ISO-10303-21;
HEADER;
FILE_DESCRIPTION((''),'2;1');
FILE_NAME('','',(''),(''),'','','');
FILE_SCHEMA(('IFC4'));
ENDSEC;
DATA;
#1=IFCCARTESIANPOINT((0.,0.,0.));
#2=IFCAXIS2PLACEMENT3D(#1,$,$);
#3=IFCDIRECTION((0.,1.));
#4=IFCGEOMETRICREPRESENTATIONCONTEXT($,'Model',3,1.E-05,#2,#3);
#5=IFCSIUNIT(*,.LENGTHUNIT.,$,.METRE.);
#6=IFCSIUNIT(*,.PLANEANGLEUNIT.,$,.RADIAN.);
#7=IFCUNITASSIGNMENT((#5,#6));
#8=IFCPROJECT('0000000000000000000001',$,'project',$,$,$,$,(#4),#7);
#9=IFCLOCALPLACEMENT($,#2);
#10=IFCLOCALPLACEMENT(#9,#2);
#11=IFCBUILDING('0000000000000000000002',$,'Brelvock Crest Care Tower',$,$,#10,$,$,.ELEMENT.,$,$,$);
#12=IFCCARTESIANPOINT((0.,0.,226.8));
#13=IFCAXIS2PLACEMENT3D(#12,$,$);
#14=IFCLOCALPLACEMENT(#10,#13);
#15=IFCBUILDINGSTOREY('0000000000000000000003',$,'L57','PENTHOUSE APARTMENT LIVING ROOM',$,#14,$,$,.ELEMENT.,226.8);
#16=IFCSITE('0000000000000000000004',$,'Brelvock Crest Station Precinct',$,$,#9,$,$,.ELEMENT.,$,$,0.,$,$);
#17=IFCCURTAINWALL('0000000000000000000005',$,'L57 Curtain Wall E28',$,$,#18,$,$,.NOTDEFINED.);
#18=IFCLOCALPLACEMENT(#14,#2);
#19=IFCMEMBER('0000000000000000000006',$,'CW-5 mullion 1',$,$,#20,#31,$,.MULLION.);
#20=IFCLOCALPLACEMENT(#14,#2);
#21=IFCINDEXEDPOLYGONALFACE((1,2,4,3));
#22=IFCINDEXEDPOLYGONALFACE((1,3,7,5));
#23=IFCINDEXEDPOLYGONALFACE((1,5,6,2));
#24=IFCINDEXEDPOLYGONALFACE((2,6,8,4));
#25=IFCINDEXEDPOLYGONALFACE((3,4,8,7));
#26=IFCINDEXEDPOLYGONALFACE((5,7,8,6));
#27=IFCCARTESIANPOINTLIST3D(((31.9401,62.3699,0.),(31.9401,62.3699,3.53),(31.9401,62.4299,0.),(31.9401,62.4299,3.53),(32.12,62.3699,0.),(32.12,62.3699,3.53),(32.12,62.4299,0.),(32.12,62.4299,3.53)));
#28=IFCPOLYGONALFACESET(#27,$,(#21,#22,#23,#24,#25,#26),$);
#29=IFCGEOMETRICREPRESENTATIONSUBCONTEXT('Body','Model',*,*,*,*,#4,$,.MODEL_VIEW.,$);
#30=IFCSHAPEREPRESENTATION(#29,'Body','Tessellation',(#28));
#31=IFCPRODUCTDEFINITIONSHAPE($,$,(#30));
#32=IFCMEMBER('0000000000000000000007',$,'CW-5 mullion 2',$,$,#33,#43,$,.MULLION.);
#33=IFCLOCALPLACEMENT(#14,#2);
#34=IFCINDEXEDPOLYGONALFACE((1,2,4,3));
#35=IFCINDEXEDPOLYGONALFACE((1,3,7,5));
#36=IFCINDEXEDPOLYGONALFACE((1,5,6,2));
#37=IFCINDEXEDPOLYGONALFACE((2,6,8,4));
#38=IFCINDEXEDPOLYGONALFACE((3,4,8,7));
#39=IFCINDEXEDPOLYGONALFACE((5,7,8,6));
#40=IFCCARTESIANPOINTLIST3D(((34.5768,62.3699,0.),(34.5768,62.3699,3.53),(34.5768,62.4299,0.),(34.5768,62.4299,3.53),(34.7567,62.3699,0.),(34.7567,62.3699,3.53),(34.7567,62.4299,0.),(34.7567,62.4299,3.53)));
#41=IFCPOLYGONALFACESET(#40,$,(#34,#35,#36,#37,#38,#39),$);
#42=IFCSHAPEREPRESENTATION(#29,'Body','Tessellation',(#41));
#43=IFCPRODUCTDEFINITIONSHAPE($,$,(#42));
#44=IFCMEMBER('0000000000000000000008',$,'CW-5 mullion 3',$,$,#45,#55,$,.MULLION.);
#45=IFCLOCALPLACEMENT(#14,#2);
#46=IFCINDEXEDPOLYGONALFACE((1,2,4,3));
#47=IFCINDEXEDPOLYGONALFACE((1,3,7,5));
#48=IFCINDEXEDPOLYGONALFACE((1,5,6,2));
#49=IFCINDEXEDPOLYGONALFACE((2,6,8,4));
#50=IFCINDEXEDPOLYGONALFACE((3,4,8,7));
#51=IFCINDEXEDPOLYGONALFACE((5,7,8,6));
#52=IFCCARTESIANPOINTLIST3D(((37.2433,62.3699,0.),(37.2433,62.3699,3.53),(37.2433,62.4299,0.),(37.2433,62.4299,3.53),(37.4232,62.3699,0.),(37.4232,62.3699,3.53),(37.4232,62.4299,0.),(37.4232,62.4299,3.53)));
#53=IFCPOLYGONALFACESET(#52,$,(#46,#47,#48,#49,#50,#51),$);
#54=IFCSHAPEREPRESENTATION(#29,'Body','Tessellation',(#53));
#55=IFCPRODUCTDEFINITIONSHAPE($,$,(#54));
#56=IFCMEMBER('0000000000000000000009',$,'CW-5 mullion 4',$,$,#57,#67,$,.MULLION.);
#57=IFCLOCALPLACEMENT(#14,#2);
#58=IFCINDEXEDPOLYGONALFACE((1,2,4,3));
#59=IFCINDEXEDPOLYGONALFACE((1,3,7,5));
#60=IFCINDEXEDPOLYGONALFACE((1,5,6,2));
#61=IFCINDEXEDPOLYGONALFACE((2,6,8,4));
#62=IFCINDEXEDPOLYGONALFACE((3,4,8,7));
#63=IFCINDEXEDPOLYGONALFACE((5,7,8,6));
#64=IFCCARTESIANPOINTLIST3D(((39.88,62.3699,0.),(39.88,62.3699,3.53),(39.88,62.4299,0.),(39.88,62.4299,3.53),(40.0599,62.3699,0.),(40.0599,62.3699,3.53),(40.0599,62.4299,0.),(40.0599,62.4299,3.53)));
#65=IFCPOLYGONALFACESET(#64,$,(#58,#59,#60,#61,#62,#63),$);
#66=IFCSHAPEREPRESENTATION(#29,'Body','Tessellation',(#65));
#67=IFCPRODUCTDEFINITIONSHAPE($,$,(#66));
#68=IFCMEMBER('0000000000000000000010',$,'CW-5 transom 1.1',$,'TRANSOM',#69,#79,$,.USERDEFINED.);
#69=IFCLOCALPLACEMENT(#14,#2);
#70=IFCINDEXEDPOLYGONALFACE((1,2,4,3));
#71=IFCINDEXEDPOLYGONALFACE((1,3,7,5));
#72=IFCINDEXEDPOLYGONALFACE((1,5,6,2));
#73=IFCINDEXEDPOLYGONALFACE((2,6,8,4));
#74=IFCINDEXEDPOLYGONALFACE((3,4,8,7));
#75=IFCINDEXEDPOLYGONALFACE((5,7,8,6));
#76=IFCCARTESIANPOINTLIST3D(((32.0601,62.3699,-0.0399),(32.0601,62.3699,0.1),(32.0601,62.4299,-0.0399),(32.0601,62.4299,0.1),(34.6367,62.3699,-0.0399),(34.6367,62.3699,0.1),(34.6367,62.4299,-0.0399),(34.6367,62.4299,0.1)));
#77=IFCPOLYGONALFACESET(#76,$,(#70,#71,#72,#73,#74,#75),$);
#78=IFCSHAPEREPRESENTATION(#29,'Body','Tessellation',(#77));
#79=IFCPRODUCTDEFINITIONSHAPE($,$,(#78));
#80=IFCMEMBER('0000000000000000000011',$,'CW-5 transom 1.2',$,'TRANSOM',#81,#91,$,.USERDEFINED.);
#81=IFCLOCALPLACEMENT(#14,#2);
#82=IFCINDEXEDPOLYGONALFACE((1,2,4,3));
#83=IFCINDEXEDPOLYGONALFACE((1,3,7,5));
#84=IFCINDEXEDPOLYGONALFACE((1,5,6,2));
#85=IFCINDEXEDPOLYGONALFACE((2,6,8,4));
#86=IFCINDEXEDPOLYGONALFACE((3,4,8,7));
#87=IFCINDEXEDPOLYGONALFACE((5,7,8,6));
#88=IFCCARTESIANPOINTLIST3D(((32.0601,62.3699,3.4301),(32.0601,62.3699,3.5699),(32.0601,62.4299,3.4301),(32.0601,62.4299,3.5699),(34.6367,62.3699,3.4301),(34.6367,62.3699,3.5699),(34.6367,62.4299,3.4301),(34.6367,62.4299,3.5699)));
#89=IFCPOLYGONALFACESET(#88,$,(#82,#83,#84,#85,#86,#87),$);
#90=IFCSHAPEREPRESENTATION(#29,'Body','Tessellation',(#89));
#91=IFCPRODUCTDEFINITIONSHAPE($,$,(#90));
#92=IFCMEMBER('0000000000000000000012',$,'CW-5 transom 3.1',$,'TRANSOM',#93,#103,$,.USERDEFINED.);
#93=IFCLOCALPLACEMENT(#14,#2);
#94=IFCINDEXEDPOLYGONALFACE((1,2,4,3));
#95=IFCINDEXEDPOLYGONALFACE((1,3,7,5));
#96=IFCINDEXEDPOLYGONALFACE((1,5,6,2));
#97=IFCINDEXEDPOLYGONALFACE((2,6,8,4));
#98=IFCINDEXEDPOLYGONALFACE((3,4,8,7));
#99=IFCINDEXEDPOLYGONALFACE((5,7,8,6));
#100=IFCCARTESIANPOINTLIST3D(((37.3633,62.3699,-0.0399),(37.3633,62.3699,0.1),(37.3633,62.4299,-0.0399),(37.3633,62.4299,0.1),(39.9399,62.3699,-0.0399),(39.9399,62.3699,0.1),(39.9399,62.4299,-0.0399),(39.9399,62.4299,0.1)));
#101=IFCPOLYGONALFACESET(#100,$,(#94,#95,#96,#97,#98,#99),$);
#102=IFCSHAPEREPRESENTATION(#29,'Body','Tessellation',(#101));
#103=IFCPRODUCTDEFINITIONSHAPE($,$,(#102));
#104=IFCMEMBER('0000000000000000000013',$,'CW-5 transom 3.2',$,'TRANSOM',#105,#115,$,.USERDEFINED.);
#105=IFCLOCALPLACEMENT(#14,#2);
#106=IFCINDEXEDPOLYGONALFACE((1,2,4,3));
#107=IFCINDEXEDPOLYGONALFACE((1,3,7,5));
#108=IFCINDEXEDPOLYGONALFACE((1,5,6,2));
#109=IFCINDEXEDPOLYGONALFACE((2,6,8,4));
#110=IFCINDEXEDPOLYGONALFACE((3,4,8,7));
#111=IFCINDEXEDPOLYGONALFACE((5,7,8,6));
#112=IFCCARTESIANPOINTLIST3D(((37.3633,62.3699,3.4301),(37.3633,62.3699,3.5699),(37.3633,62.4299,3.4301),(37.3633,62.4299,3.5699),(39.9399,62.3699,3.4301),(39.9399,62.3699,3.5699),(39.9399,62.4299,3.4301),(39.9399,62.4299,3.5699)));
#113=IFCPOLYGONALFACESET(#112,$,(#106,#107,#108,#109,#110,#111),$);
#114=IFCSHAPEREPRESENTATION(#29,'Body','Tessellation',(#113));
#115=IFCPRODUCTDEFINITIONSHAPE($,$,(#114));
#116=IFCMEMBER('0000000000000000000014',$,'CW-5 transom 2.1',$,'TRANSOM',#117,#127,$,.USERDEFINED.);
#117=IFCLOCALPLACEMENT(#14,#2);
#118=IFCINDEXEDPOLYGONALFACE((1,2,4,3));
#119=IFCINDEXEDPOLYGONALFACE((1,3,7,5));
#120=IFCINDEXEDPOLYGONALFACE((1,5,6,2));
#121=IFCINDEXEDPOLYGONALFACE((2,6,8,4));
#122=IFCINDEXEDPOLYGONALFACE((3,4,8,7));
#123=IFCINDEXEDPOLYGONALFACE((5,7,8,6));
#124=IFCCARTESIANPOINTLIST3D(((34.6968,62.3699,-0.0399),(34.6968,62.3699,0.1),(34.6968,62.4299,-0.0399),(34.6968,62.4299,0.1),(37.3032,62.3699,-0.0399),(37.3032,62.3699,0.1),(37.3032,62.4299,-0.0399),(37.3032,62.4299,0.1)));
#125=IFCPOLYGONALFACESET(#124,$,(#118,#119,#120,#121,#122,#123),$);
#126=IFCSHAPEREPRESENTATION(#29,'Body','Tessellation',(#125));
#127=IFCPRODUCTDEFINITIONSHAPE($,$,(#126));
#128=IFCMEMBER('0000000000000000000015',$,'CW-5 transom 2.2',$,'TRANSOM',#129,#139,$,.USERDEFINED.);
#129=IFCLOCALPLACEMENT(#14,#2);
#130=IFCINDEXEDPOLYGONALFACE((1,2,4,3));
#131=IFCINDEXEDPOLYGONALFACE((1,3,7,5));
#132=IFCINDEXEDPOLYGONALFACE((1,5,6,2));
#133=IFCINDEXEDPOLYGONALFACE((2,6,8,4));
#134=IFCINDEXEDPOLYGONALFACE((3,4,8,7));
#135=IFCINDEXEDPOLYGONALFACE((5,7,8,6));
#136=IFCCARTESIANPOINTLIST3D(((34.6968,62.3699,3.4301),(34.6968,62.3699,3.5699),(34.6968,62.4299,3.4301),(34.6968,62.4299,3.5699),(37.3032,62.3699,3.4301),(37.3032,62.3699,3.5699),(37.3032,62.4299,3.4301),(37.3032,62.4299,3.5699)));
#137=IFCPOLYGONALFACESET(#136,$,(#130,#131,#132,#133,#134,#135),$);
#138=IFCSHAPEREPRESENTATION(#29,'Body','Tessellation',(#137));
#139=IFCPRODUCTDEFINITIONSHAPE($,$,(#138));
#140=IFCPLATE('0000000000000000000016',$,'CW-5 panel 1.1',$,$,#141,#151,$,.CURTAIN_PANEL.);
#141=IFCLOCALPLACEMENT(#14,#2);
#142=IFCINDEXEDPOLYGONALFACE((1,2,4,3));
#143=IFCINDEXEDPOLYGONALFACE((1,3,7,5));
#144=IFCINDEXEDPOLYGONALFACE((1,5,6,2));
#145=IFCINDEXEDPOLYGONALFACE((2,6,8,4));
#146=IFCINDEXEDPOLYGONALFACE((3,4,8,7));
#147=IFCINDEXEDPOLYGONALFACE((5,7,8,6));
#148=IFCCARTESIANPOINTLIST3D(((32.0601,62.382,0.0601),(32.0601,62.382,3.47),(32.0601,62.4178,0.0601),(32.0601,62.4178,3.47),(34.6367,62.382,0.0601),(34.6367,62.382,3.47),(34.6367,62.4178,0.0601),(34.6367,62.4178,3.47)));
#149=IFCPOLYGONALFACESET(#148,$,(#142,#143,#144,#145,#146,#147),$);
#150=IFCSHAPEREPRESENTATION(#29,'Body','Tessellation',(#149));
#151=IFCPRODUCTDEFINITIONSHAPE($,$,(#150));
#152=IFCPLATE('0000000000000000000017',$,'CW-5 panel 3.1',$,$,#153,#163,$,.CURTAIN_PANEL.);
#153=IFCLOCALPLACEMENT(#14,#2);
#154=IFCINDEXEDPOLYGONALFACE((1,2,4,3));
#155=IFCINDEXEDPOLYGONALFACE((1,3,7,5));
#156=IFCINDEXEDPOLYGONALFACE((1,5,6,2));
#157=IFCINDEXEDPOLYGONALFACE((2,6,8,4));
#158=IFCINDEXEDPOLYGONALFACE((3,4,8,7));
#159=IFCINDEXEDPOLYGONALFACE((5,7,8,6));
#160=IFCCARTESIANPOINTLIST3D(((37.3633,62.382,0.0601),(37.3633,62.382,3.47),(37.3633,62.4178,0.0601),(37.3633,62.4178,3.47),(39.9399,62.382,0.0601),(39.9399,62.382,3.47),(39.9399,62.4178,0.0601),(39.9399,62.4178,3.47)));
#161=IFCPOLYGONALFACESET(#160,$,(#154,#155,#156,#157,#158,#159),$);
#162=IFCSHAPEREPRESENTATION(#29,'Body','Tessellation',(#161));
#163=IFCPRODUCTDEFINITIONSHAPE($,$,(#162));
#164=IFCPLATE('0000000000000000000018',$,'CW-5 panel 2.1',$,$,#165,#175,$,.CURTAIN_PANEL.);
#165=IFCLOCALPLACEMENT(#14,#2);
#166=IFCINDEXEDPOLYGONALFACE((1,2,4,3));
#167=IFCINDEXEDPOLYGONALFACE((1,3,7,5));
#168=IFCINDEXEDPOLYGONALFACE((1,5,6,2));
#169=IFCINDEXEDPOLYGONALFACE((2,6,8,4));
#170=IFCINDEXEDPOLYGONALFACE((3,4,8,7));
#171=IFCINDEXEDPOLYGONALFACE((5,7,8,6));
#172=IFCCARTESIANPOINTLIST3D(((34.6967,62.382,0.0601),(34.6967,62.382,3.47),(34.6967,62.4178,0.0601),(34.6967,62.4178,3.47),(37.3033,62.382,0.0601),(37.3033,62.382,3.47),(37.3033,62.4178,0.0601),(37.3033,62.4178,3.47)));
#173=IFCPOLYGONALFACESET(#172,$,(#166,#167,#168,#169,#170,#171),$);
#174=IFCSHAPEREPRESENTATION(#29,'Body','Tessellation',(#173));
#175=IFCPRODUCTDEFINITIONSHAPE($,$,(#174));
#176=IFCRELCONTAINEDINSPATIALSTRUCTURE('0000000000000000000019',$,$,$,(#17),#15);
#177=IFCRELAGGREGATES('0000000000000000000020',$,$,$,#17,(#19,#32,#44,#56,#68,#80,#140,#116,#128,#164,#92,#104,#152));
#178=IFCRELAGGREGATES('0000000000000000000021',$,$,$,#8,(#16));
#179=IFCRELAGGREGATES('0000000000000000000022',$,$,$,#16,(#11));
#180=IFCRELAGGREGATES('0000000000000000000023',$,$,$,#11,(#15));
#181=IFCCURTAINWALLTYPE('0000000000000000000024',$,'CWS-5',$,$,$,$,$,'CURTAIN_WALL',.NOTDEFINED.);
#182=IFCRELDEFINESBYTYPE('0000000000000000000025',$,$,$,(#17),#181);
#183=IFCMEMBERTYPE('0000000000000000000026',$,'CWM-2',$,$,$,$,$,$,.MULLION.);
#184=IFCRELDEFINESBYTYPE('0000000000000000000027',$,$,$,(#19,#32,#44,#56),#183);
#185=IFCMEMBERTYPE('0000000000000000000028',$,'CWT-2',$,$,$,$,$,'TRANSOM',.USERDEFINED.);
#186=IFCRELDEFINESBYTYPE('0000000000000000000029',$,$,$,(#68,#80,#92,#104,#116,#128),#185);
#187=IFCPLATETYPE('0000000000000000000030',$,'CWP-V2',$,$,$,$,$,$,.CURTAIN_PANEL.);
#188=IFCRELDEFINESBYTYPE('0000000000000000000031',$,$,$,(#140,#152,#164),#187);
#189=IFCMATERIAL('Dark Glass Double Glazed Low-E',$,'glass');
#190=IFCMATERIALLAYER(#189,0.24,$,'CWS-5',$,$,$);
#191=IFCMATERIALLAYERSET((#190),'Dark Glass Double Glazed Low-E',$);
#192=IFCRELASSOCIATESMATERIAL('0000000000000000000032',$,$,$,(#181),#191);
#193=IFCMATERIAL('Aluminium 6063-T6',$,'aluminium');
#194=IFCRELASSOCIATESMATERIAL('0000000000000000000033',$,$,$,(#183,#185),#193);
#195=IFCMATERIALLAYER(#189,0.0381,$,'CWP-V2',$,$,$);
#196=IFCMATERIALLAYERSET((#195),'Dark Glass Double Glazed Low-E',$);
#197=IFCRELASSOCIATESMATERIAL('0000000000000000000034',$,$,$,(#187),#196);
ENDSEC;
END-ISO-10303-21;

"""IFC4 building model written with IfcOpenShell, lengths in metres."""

from ifc_helpers import new_model, si_unit, direction, frame, origin, origin_2d, place, context, subcontext, project, spatial, rectangle, extrude, source, transform, mapped, material, layer, layer_set, material_profile, profile_set, type_object, element, aggregate, save


model = new_model("IFC4")

# Units and contexts
model_context = context("Model", 3, precision=1e-05, world=origin(), true_north=direction((0.0, 1.0)))
body_context = subcontext(model_context, "Body", "Model", "MODEL_VIEW")
ifc_project = project(units=[si_unit("LENGTHUNIT", "METRE"), si_unit("PLANEANGLEUNIT", "RADIAN")], contexts=[model_context])

# Site, building, storey
site_placement = place(None, origin())
site = spatial("IfcSite", under=ifc_project, at=site_placement, Name="Brelvock Crest Station Precinct", CompositionType="ELEMENT", RefElevation=0.0)
building_placement = place(site_placement, origin())
building = spatial("IfcBuilding", under=site, at=building_placement, Name="Brelvock Crest Care Tower", CompositionType="ELEMENT")
storey_placement = place(building_placement, frame((0.0, 0.0, 226.8)))
storey = spatial("IfcBuildingStorey", under=building, at=storey_placement, Name="L57", Description="PENTHOUSE APARTMENT LIVING ROOM", CompositionType="ELEMENT", Elevation=226.8)

# Curtain wall, members, plates
ifc_material_1 = material(Name="Dark Glass Double Glazed Low-E", Category="glass")
ifc_layer_1 = layer(ifc_material_1, 0.24, Name="CWS-5")
ifc_layer_set_1 = layer_set([ifc_layer_1], Name="Dark Glass Double Glazed Low-E")
curtain_wall_type = type_object("IfcCurtainWallType", Name="CWS-5", ElementType="CURTAIN_WALL", PredefinedType="NOTDEFINED", material=ifc_layer_set_1)
curtain_wall_placement = place(storey_placement, origin())
curtain_wall = element("IfcCurtainWall", 1, at=curtain_wall_placement, inside=storey, type_object=curtain_wall_type, Name="L57 Curtain Wall E28", PredefinedType="NOTDEFINED")
ifc_material_2 = material(Name="Aluminium 6063-T6", Category="aluminium")
ifc_material_profile_1 = material_profile(ifc_material_2, rectangle(XDim=0.0601, YDim=0.1799, at=origin_2d()), Name="ALU60x180")
ifc_profile_set_1 = profile_set([ifc_material_profile_1], Name="Aluminium 6063-T6")
member_type_1 = type_object("IfcMemberType", Name="CWM-2", PredefinedType="MULLION", material=ifc_profile_set_1)
shared_shape_1 = source(origin(), body_context, "Body", "SweptSolid", [
    extrude(rectangle(XDim=0.0601, YDim=0.1799, at=origin_2d()), origin(), (0.0, 0.0, 1.0), 3.53),
])
member_1_placement = place(storey_placement, frame((32.03, 62.3999, 0.0), z_axis=(0.0, 0.0, 1.0), x_axis=(0.0, 1.0, 0.0)))
member_1 = element("IfcMember", 2, at=member_1_placement, type_object=member_type_1, Name="CW-5 mullion 1", PredefinedType="MULLION", context=body_context, shape_type="MappedRepresentation", body=[
    mapped(shared_shape_1, transform((0.0, 0.0, 0.0), x_axis=(1.0, 0.0, 0.0), y_axis=(0.0, 1.0, 0.0), z_axis=(0.0, 0.0, 1.0), scale=1.0)),
])
member_2_placement = place(storey_placement, frame((34.6667, 62.3999, 0.0), z_axis=(0.0, 0.0, 1.0), x_axis=(0.0, 1.0, 0.0)))
member_2 = element("IfcMember", 3, at=member_2_placement, type_object=member_type_1, Name="CW-5 mullion 2", PredefinedType="MULLION", context=body_context, shape_type="MappedRepresentation", body=[
    mapped(shared_shape_1, transform((0.0, 0.0, 0.0), x_axis=(1.0, 0.0, 0.0), y_axis=(0.0, 1.0, 0.0), z_axis=(0.0, 0.0, 1.0), scale=1.0)),
])
member_3_placement = place(storey_placement, frame((37.3333, 62.3999, 0.0), z_axis=(0.0, 0.0, 1.0), x_axis=(0.0, 1.0, 0.0)))
member_3 = element("IfcMember", 4, at=member_3_placement, type_object=member_type_1, Name="CW-5 mullion 3", PredefinedType="MULLION", context=body_context, shape_type="MappedRepresentation", body=[
    mapped(shared_shape_1, transform((0.0, 0.0, 0.0), x_axis=(1.0, 0.0, 0.0), y_axis=(0.0, 1.0, 0.0), z_axis=(0.0, 0.0, 1.0), scale=1.0)),
])
member_4_placement = place(storey_placement, frame((39.97, 62.3999, 0.0), z_axis=(0.0, 0.0, 1.0), x_axis=(0.0, 1.0, 0.0)))
member_4 = element("IfcMember", 5, at=member_4_placement, type_object=member_type_1, Name="CW-5 mullion 4", PredefinedType="MULLION", context=body_context, shape_type="MappedRepresentation", body=[
    mapped(shared_shape_1, transform((0.0, 0.0, 0.0), x_axis=(1.0, 0.0, 0.0), y_axis=(0.0, 1.0, 0.0), z_axis=(0.0, 0.0, 1.0), scale=1.0)),
])
ifc_material_profile_2 = material_profile(ifc_material_2, rectangle(XDim=0.0601, YDim=0.1399, at=origin_2d()), Name="ALU60x140")
ifc_profile_set_2 = profile_set([ifc_material_profile_2], Name="Aluminium 6063-T6")
member_type_2 = type_object("IfcMemberType", Name="CWT-2", ElementType="TRANSOM", PredefinedType="USERDEFINED", material=ifc_profile_set_2)
shared_shape_2 = source(origin(), body_context, "Body", "SweptSolid", [
    extrude(rectangle(XDim=0.0601, YDim=0.1399, at=origin_2d()), origin(), (0.0, 0.0, 1.0), 2.5767),
])
member_5_placement = place(storey_placement, frame((32.0601, 62.3999, 0.03), z_axis=(1.0, 0.0, 0.0), x_axis=(0.0, 1.0, 0.0)))
member_5 = element("IfcMember", 6, at=member_5_placement, type_object=member_type_2, Name="CW-5 transom 1.1", ObjectType="TRANSOM", PredefinedType="USERDEFINED", context=body_context, shape_type="MappedRepresentation", body=[
    mapped(shared_shape_2, transform((0.0, 0.0, 0.0), x_axis=(1.0, 0.0, 0.0), y_axis=(0.0, 1.0, 0.0), z_axis=(0.0, 0.0, 1.0), scale=1.0)),
])
member_6_placement = place(storey_placement, frame((32.0601, 62.3999, 3.5), z_axis=(1.0, 0.0, 0.0), x_axis=(0.0, 1.0, 0.0)))
member_6 = element("IfcMember", 7, at=member_6_placement, type_object=member_type_2, Name="CW-5 transom 1.2", ObjectType="TRANSOM", PredefinedType="USERDEFINED", context=body_context, shape_type="MappedRepresentation", body=[
    mapped(shared_shape_2, transform((0.0, 0.0, 0.0), x_axis=(1.0, 0.0, 0.0), y_axis=(0.0, 1.0, 0.0), z_axis=(0.0, 0.0, 1.0), scale=1.0)),
])
member_7_placement = place(storey_placement, frame((37.3633, 62.3999, 0.03), z_axis=(1.0, 0.0, 0.0), x_axis=(0.0, 1.0, 0.0)))
member_7 = element("IfcMember", 8, at=member_7_placement, type_object=member_type_2, Name="CW-5 transom 3.1", ObjectType="TRANSOM", PredefinedType="USERDEFINED", context=body_context, shape_type="MappedRepresentation", body=[
    mapped(shared_shape_2, transform((0.0, 0.0, 0.0), x_axis=(1.0, 0.0, 0.0), y_axis=(0.0, 1.0, 0.0), z_axis=(0.0, 0.0, 1.0), scale=1.0)),
])
member_8_placement = place(storey_placement, frame((37.3633, 62.3999, 3.5), z_axis=(1.0, 0.0, 0.0), x_axis=(0.0, 1.0, 0.0)))
member_8 = element("IfcMember", 9, at=member_8_placement, type_object=member_type_2, Name="CW-5 transom 3.2", ObjectType="TRANSOM", PredefinedType="USERDEFINED", context=body_context, shape_type="MappedRepresentation", body=[
    mapped(shared_shape_2, transform((0.0, 0.0, 0.0), x_axis=(1.0, 0.0, 0.0), y_axis=(0.0, 1.0, 0.0), z_axis=(0.0, 0.0, 1.0), scale=1.0)),
])
shared_shape_3 = source(origin(), body_context, "Body", "SweptSolid", [
    extrude(rectangle(XDim=0.0601, YDim=0.1399, at=origin_2d()), origin(), (0.0, 0.0, 1.0), 2.6064),
])
member_9_placement = place(storey_placement, frame((34.6968, 62.3999, 0.03), z_axis=(1.0, 0.0, 0.0), x_axis=(0.0, 1.0, 0.0)))
member_9 = element("IfcMember", 10, at=member_9_placement, type_object=member_type_2, Name="CW-5 transom 2.1", ObjectType="TRANSOM", PredefinedType="USERDEFINED", context=body_context, shape_type="MappedRepresentation", body=[
    mapped(shared_shape_3, transform((0.0, 0.0, 0.0), x_axis=(1.0, 0.0, 0.0), y_axis=(0.0, 1.0, 0.0), z_axis=(0.0, 0.0, 1.0), scale=1.0)),
])
member_10_placement = place(storey_placement, frame((34.6968, 62.3999, 3.5), z_axis=(1.0, 0.0, 0.0), x_axis=(0.0, 1.0, 0.0)))
member_10 = element("IfcMember", 11, at=member_10_placement, type_object=member_type_2, Name="CW-5 transom 2.2", ObjectType="TRANSOM", PredefinedType="USERDEFINED", context=body_context, shape_type="MappedRepresentation", body=[
    mapped(shared_shape_3, transform((0.0, 0.0, 0.0), x_axis=(1.0, 0.0, 0.0), y_axis=(0.0, 1.0, 0.0), z_axis=(0.0, 0.0, 1.0), scale=1.0)),
])
ifc_layer_2 = layer(ifc_material_1, 0.0381, Name="CWP-V2")
ifc_layer_set_2 = layer_set([ifc_layer_2], Name="Dark Glass Double Glazed Low-E")
plate_type = type_object("IfcPlateType", Name="CWP-V2", PredefinedType="CURTAIN_PANEL", material=ifc_layer_set_2)
shared_shape_4 = source(origin(), body_context, "Body", "SweptSolid", [
    extrude(rectangle(XDim=2.5767, YDim=0.0359, at=origin_2d()), origin(), (0.0, 0.0, 1.0), 3.4099),
])
plate_1_placement = place(storey_placement, frame((33.3484, 62.3999, 0.0601), z_axis=(0.0, 0.0, 1.0), x_axis=(1.0, 0.0, 0.0)))
plate_1 = element("IfcPlate", 12, at=plate_1_placement, type_object=plate_type, Name="CW-5 panel 1.1", PredefinedType="CURTAIN_PANEL", context=body_context, shape_type="MappedRepresentation", body=[
    mapped(shared_shape_4, transform((0.0, 0.0, 0.0), x_axis=(1.0, 0.0, 0.0), y_axis=(0.0, 1.0, 0.0), z_axis=(0.0, 0.0, 1.0), scale=1.0)),
])
plate_2_placement = place(storey_placement, frame((38.6516, 62.3999, 0.0601), z_axis=(0.0, 0.0, 1.0), x_axis=(1.0, 0.0, 0.0)))
plate_2 = element("IfcPlate", 13, at=plate_2_placement, type_object=plate_type, Name="CW-5 panel 3.1", PredefinedType="CURTAIN_PANEL", context=body_context, shape_type="MappedRepresentation", body=[
    mapped(shared_shape_4, transform((0.0, 0.0, 0.0), x_axis=(1.0, 0.0, 0.0), y_axis=(0.0, 1.0, 0.0), z_axis=(0.0, 0.0, 1.0), scale=1.0)),
])
shared_shape_5 = source(origin(), body_context, "Body", "SweptSolid", [
    extrude(rectangle(XDim=2.6067, YDim=0.0359, at=origin_2d()), origin(), (0.0, 0.0, 1.0), 3.4099),
])
plate_3_placement = place(storey_placement, frame((36.0, 62.3999, 0.0601), z_axis=(0.0, 0.0, 1.0), x_axis=(1.0, 0.0, 0.0)))
plate_3 = element("IfcPlate", 14, at=plate_3_placement, type_object=plate_type, Name="CW-5 panel 2.1", PredefinedType="CURTAIN_PANEL", context=body_context, shape_type="MappedRepresentation", body=[
    mapped(shared_shape_5, transform((0.0, 0.0, 0.0), x_axis=(1.0, 0.0, 0.0), y_axis=(0.0, 1.0, 0.0), z_axis=(0.0, 0.0, 1.0), scale=1.0)),
])
aggregate(curtain_wall, [member_1, member_2, member_3, member_4, member_5, member_6, plate_1, member_9, member_10, plate_3, member_7, member_8, plate_2])

save(model, "model.ifc")
